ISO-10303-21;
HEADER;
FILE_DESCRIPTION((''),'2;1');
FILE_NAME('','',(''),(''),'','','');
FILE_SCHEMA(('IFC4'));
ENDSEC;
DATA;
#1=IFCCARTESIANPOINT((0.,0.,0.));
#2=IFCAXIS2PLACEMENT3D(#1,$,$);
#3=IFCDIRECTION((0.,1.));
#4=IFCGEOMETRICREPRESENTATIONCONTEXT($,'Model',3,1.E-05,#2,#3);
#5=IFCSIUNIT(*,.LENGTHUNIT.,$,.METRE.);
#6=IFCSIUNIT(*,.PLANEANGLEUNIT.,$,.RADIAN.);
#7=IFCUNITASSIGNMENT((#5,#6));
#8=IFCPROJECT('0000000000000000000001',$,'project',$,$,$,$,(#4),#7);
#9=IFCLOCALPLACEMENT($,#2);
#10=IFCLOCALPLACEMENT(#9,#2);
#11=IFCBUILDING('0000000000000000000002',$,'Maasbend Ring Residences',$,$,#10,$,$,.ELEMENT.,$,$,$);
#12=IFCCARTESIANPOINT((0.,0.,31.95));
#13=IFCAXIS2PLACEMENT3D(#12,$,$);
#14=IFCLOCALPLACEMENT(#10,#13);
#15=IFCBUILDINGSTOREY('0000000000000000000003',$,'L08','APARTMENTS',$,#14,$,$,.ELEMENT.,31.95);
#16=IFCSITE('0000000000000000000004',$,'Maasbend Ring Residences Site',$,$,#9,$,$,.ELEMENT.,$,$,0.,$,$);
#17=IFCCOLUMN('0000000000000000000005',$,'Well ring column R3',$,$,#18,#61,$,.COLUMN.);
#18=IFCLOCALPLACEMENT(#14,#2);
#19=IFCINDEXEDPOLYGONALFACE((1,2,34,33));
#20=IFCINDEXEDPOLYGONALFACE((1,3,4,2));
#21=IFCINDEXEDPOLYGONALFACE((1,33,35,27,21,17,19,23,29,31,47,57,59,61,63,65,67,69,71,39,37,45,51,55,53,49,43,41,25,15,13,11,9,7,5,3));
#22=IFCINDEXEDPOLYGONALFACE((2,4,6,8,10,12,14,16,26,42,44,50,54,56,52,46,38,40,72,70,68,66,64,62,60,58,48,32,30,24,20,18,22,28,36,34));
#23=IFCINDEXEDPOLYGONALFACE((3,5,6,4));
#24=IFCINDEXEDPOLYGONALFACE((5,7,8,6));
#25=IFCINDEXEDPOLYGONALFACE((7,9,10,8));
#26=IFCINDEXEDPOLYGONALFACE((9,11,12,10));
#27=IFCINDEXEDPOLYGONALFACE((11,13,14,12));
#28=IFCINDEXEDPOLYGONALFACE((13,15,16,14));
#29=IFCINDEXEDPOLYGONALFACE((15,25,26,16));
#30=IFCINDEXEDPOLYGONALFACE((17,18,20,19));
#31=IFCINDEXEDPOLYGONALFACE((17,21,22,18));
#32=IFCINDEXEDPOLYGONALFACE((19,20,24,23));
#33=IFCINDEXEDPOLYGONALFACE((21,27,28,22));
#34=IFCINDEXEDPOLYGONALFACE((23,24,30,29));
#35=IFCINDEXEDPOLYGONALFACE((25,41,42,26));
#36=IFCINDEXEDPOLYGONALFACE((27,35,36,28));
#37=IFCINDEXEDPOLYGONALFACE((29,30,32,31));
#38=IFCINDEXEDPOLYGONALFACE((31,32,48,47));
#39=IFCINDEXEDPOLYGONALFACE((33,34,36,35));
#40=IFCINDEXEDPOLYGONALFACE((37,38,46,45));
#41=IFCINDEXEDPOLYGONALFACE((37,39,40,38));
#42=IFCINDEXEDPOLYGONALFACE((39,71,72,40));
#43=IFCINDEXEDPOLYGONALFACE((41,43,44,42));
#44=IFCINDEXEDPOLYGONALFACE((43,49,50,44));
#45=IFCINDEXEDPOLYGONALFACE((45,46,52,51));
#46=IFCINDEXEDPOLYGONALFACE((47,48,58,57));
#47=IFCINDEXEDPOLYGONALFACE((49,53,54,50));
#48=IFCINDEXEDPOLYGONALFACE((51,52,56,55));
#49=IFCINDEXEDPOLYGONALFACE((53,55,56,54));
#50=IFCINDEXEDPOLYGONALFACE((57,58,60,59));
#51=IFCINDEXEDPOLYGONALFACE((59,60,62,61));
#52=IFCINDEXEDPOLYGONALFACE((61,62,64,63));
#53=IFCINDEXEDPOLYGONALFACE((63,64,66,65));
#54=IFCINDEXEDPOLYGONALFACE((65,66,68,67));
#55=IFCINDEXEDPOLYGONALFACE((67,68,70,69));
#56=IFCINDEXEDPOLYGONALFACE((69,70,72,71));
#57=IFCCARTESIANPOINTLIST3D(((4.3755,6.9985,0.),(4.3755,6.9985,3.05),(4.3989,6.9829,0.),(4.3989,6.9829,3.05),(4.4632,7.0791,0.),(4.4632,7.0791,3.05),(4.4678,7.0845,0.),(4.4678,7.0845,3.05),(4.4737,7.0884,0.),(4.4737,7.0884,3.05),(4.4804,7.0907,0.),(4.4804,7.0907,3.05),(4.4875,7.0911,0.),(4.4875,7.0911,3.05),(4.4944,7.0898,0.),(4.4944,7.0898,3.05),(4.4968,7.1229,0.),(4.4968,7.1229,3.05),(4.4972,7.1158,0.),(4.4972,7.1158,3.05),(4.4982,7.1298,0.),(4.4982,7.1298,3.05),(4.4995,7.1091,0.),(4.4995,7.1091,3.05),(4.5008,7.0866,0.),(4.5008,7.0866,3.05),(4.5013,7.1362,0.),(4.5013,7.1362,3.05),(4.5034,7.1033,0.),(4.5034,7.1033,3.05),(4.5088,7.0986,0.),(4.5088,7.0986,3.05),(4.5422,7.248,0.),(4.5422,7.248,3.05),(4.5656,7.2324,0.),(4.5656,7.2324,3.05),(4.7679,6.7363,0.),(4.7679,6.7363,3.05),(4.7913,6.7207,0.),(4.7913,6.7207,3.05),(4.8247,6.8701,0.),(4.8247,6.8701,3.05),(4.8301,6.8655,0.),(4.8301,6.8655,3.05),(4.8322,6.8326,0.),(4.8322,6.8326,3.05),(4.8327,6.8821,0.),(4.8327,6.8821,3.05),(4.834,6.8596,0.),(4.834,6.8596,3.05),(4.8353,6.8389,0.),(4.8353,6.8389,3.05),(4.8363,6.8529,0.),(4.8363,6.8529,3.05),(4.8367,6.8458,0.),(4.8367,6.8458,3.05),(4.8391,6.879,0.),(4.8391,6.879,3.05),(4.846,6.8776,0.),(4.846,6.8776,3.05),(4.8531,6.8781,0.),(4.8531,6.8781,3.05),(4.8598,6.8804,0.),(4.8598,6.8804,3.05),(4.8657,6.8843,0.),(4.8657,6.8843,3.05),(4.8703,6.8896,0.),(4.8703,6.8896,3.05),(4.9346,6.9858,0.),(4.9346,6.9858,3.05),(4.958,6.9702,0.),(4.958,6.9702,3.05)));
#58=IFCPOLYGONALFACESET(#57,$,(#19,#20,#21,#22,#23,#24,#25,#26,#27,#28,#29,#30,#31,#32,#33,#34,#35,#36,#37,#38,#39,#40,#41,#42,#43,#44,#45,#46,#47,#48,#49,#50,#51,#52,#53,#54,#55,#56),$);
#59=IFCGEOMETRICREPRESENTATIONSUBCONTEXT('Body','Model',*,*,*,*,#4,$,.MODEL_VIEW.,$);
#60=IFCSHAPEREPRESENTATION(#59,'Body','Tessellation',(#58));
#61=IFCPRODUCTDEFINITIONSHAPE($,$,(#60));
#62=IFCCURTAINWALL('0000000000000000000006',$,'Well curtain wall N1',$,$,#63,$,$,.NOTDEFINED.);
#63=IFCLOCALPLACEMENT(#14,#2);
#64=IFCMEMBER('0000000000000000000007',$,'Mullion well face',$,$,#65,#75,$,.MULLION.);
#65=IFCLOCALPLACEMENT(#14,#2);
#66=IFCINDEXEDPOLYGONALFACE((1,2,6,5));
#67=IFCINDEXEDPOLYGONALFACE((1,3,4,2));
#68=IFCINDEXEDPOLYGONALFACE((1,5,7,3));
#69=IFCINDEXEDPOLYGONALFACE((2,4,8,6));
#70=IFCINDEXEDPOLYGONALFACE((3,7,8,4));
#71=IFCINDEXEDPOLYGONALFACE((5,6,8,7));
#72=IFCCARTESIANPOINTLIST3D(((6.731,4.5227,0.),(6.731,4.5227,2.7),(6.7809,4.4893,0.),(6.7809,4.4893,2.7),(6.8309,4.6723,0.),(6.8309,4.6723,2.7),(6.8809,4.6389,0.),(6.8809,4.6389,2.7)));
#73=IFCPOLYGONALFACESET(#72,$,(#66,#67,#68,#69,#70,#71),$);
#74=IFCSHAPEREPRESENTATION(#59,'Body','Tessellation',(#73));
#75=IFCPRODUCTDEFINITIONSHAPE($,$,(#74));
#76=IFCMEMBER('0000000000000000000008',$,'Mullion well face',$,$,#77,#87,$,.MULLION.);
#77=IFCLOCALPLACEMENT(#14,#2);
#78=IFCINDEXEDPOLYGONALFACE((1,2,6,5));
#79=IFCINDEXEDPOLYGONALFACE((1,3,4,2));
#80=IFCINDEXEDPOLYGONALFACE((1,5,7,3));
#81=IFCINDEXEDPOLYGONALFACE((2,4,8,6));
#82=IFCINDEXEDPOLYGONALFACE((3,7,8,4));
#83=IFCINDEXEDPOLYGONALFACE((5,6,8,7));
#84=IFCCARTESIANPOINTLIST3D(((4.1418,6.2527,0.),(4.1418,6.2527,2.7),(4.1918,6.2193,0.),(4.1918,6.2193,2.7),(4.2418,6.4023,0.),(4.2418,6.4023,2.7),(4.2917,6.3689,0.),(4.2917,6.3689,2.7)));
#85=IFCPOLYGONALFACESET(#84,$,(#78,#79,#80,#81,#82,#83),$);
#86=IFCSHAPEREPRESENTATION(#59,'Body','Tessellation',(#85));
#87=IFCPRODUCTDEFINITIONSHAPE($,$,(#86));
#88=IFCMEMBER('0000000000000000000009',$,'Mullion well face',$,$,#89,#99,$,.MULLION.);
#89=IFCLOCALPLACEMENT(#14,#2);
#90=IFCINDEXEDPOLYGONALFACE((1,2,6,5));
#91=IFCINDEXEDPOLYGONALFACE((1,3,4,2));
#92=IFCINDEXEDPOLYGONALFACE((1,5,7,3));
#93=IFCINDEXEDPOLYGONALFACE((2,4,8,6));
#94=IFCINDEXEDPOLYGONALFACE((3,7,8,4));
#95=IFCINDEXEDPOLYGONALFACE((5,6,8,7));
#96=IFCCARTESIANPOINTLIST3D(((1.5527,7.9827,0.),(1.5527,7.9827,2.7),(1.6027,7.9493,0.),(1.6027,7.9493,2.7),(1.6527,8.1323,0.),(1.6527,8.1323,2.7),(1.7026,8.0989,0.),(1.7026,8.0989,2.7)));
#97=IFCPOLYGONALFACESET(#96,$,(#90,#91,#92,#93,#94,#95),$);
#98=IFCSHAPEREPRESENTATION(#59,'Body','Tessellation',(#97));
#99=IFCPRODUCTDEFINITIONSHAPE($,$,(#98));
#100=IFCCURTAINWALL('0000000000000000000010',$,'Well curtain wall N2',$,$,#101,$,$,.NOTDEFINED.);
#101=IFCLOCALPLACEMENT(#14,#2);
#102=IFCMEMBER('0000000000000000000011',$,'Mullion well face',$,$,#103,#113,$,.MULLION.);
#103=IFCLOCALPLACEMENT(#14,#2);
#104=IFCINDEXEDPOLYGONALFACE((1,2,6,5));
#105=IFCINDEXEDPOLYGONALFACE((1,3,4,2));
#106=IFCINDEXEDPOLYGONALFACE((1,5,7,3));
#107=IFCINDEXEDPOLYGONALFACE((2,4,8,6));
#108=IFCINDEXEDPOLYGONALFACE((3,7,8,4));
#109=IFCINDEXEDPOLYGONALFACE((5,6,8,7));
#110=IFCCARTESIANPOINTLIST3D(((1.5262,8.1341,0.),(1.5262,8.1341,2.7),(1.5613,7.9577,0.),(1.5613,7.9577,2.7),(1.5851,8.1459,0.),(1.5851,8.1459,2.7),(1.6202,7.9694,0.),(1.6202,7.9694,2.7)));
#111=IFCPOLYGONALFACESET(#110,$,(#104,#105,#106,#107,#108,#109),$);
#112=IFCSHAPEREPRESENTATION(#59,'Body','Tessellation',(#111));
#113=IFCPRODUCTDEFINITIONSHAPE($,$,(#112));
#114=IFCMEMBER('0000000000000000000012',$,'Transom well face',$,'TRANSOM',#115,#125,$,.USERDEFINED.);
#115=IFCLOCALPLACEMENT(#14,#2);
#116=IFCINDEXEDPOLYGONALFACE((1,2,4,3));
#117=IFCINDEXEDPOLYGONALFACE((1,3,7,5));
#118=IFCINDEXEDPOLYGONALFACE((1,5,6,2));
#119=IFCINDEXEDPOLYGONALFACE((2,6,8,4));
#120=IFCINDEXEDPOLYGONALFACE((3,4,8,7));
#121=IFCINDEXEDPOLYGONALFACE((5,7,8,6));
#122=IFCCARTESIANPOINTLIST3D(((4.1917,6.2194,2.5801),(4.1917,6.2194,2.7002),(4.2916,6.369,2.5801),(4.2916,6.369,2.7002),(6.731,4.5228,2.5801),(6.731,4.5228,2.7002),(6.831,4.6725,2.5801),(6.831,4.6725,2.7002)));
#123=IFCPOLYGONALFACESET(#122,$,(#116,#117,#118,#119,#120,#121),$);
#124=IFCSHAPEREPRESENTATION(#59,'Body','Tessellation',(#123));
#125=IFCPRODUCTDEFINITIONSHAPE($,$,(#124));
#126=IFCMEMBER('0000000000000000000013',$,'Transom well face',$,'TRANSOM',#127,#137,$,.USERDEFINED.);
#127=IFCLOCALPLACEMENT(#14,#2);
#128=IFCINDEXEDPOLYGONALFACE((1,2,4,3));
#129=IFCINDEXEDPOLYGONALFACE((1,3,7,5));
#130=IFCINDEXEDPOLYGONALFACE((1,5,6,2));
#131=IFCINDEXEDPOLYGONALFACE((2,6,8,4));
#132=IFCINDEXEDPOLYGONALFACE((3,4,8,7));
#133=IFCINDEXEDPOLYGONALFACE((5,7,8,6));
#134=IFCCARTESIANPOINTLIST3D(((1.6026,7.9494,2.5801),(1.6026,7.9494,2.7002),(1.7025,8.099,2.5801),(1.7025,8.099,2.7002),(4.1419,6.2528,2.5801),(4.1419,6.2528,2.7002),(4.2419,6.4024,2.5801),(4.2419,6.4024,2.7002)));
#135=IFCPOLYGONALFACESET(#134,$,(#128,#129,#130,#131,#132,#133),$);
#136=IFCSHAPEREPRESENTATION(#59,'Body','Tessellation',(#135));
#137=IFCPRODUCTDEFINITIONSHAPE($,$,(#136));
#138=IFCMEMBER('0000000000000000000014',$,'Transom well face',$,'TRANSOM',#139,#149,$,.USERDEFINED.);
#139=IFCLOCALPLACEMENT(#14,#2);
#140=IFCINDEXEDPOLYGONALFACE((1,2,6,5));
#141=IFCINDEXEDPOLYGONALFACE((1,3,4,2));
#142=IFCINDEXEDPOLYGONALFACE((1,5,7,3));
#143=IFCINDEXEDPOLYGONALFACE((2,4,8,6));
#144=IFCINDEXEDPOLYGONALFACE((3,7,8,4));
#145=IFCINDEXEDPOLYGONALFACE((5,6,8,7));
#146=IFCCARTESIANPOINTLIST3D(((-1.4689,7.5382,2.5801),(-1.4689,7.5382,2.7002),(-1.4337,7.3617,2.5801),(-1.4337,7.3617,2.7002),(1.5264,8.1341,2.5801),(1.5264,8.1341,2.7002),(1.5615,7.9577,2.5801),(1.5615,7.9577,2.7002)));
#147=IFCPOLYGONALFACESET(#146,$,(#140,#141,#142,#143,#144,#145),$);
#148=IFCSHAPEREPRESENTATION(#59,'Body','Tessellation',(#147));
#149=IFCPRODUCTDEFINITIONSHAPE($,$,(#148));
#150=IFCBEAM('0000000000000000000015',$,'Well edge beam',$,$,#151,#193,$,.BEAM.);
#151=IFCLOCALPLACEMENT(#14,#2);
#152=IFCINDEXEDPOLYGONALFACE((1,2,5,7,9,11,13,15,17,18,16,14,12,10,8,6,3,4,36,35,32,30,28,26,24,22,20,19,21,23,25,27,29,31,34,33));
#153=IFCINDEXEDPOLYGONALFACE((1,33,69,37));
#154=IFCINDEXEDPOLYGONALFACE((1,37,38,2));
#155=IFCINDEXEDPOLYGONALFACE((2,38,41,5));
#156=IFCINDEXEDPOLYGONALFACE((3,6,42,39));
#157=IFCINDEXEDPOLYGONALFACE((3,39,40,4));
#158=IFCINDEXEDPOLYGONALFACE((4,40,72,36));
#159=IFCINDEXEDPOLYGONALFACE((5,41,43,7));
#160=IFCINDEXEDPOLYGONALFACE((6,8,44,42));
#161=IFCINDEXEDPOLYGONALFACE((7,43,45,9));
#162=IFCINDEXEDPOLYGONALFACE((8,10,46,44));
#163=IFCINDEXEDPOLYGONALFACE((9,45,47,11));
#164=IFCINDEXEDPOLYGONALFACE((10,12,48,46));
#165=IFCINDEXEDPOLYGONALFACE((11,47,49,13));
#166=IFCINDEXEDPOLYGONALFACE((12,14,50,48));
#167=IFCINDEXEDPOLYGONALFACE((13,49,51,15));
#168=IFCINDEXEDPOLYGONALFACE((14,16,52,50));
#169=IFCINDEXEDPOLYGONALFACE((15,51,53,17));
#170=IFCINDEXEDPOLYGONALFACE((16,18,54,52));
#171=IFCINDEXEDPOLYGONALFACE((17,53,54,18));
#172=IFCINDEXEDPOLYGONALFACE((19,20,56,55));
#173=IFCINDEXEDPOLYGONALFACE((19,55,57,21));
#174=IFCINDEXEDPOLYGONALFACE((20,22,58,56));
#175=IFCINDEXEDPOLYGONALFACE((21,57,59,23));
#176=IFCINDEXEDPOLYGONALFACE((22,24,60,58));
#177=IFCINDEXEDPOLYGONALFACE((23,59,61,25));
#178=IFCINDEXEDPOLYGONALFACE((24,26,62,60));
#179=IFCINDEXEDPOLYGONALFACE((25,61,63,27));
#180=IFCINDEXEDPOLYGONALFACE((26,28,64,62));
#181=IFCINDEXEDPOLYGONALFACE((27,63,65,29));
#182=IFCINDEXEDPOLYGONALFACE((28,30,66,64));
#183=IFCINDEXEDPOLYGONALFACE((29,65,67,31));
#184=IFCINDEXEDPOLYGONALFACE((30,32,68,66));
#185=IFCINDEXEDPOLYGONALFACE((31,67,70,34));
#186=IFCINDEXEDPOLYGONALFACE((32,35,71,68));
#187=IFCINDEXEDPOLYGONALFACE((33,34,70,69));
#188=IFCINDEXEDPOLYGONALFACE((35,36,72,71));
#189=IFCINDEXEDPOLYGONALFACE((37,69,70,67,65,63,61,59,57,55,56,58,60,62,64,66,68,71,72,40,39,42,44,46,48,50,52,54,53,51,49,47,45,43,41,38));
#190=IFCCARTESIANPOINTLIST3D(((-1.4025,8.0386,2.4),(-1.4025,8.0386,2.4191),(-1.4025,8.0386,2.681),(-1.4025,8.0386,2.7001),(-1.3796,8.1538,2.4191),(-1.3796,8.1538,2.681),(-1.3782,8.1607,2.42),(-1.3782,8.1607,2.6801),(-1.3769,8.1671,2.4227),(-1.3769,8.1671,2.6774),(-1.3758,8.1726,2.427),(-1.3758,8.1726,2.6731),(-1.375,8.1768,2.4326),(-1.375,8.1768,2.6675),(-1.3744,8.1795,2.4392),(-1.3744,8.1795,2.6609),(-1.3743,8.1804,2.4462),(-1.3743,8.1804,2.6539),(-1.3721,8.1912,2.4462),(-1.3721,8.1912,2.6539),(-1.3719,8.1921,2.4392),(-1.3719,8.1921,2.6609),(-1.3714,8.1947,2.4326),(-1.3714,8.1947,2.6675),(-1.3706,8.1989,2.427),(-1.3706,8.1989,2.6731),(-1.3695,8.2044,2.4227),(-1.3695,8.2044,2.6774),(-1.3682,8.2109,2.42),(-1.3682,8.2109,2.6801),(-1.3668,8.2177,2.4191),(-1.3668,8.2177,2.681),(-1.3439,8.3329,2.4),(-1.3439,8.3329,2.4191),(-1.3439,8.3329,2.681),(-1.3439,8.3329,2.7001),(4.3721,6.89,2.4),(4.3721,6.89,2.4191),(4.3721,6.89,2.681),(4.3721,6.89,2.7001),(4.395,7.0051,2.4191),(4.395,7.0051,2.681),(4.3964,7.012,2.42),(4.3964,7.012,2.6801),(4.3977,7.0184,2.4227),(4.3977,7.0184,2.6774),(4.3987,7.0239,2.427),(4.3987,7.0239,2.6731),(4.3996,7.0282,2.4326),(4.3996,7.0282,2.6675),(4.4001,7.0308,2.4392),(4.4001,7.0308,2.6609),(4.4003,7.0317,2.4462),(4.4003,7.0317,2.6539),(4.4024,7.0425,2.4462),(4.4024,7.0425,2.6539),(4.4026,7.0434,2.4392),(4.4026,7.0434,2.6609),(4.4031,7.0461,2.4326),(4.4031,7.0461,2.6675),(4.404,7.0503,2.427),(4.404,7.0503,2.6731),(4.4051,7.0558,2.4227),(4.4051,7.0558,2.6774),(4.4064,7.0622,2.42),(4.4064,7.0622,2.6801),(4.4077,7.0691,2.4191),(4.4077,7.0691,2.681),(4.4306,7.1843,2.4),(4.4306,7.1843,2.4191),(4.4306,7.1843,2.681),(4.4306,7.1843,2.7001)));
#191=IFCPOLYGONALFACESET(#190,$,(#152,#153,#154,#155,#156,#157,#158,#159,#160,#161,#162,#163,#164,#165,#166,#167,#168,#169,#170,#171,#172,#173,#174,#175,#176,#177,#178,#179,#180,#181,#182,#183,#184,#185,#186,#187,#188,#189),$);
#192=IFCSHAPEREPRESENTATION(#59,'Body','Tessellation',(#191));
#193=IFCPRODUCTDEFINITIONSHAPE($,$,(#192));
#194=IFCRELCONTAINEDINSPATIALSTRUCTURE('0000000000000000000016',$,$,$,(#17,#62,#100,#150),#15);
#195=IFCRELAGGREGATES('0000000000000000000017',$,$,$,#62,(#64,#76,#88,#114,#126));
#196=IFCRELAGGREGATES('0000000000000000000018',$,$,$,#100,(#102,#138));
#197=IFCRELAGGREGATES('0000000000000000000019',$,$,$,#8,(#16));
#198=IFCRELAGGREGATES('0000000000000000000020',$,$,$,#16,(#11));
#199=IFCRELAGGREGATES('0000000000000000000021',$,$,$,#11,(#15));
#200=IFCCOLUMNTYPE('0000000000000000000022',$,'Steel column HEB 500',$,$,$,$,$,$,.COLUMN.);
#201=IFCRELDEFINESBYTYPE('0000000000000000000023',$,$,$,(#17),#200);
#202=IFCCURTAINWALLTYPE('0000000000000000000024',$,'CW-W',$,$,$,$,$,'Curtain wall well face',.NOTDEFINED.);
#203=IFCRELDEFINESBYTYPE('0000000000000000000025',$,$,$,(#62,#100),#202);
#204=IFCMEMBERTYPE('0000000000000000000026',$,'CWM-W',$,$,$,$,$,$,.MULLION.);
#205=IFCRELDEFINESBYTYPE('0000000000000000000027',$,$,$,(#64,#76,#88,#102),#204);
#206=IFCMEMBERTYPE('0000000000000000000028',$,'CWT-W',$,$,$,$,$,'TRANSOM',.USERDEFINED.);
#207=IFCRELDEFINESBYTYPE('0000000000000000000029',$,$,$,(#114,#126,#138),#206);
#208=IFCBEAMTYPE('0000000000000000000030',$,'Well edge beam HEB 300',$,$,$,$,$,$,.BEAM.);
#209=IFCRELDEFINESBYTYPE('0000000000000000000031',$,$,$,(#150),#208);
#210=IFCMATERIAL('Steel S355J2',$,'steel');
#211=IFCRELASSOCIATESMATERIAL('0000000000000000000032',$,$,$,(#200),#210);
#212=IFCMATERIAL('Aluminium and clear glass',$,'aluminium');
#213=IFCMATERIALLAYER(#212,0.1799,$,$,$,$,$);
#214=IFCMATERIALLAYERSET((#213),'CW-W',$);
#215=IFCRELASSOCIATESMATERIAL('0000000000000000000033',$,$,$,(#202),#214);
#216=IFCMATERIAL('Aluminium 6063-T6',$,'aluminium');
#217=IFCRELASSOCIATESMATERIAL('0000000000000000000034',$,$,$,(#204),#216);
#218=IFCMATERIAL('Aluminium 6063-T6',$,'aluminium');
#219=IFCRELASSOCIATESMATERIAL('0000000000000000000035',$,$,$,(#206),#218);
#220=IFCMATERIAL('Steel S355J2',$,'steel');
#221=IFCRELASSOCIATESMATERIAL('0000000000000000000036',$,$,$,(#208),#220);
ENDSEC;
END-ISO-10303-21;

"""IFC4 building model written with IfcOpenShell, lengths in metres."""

from ifc_helpers import new_model, si_unit, direction, frame, origin, origin_2d, place, context, subcontext, project, spatial, rectangle, i_section, extrude, material, layer, layer_set, material_profile, profile_set, type_object, element, aggregate, save


model = new_model("IFC4")

# Units and contexts
model_context = context("Model", 3, precision=1e-05, world=origin(), true_north=direction((0.0, 1.0)))
body_context = subcontext(model_context, "Body", "Model", "MODEL_VIEW")
ifc_project = project(units=[si_unit("LENGTHUNIT", "METRE"), si_unit("PLANEANGLEUNIT", "RADIAN")], contexts=[model_context])

# Site, building, storey
site_placement = place(None, origin())
site = spatial("IfcSite", under=ifc_project, at=site_placement, Name="Maasbend Ring Residences Site", CompositionType="ELEMENT", RefElevation=0.0)
building_placement = place(site_placement, origin())
building = spatial("IfcBuilding", under=site, at=building_placement, Name="Maasbend Ring Residences", CompositionType="ELEMENT")
storey_placement = place(building_placement, frame((0.0, 0.0, 31.95)))
storey = spatial("IfcBuildingStorey", under=building, at=storey_placement, Name="L08", Description="APARTMENTS", CompositionType="ELEMENT", Elevation=31.95)

# Column
ifc_material_1 = material(Name="Steel S355J2", Category="steel")
ifc_material_profile_1 = material_profile(ifc_material_1, i_section(OverallWidth=0.3, OverallDepth=0.5, WebThickness=0.0144, FlangeThickness=0.0281, FilletRadius=0.0271, at=origin_2d()), Name="HEB 500")
ifc_profile_set_1 = profile_set([ifc_material_profile_1], Name="Steel S355J2")
column_type = type_object("IfcColumnType", Name="Steel column HEB 500", PredefinedType="COLUMN", material=ifc_profile_set_1)
column_placement = place(storey_placement, frame((4.6667, 6.9844, 0.0), z_axis=(0.0, 0.0, 1.0), x_axis=(0.55557, 0.83147, 0.0)))
element("IfcColumn", 1, at=column_placement, inside=storey, type_object=column_type, Name="Well ring column R3", PredefinedType="COLUMN", context=body_context, shape_type="SweptSolid", body=[
    extrude(i_section(OverallWidth=0.3, OverallDepth=0.5, WebThickness=0.0144, FlangeThickness=0.0281, FilletRadius=0.0271, at=origin_2d()), origin(), (0.0, 0.0, 1.0), 3.05),
])

# Curtain wall, members
ifc_material_2 = material(Name="Aluminium and clear glass", Category="aluminium")
ifc_layer_1 = layer(ifc_material_2, 0.1799)
ifc_layer_set_1 = layer_set([ifc_layer_1], Name="CW-W")
curtain_wall_type = type_object("IfcCurtainWallType", Name="CW-W", ElementType="Curtain wall well face", PredefinedType="NOTDEFINED", material=ifc_layer_set_1)
curtain_wall_1_placement = place(storey_placement, origin())
curtain_wall_1 = element("IfcCurtainWall", 2, at=curtain_wall_1_placement, inside=storey, type_object=curtain_wall_type, Name="Well curtain wall N1", PredefinedType="NOTDEFINED")
ifc_material_3 = material(Name="Aluminium 6063-T6", Category="aluminium")
ifc_material_profile_2 = material_profile(ifc_material_3, rectangle(XDim=0.1799, YDim=0.0601, at=origin_2d()), Name="AL 180x60")
ifc_profile_set_2 = profile_set([ifc_material_profile_2], Name="Aluminium 6063-T6")
member_type_1 = type_object("IfcMemberType", Name="CWM-W", PredefinedType="MULLION", material=ifc_profile_set_2)
member_1_placement = place(storey_placement, frame((6.8059, 4.5808, 0.0), z_axis=(0.0, 0.0, 1.0), x_axis=(-0.55557, -0.83147, 0.0)))
member_1 = element("IfcMember", 3, at=member_1_placement, type_object=member_type_1, Name="Mullion well face", PredefinedType="MULLION", context=body_context, shape_type="SweptSolid", body=[
    extrude(rectangle(XDim=0.1799, YDim=0.0601, at=origin_2d()), origin(), (0.0, 0.0, 1.0), 2.7),
])
member_2_placement = place(storey_placement, frame((4.2168, 6.3108, 0.0), z_axis=(0.0, 0.0, 1.0), x_axis=(-0.55557, -0.83147, 0.0)))
member_2 = element("IfcMember", 4, at=member_2_placement, type_object=member_type_1, Name="Mullion well face", PredefinedType="MULLION", context=body_context, shape_type="SweptSolid", body=[
    extrude(rectangle(XDim=0.1799, YDim=0.0601, at=origin_2d()), origin(), (0.0, 0.0, 1.0), 2.7),
])
member_3_placement = place(storey_placement, frame((1.6277, 8.0408, 0.0), z_axis=(0.0, 0.0, 1.0), x_axis=(-0.55557, -0.83147, 0.0)))
member_3 = element("IfcMember", 5, at=member_3_placement, type_object=member_type_1, Name="Mullion well face", PredefinedType="MULLION", context=body_context, shape_type="SweptSolid", body=[
    extrude(rectangle(XDim=0.1799, YDim=0.0601, at=origin_2d()), origin(), (0.0, 0.0, 1.0), 2.7),
])

# Curtain wall, member
curtain_wall_2_placement = place(storey_placement, origin())
curtain_wall_2 = element("IfcCurtainWall", 6, at=curtain_wall_2_placement, inside=storey, type_object=curtain_wall_type, Name="Well curtain wall N2", PredefinedType="NOTDEFINED")
member_4_placement = place(storey_placement, frame((1.5732, 8.0518, 0.0), z_axis=(0.0, 0.0, 1.0), x_axis=(0.19509, -0.980785, 0.0)))
member_4 = element("IfcMember", 7, at=member_4_placement, type_object=member_type_1, Name="Mullion well face", PredefinedType="MULLION", context=body_context, shape_type="SweptSolid", body=[
    extrude(rectangle(XDim=0.1799, YDim=0.0601, at=origin_2d()), origin(), (0.0, 0.0, 1.0), 2.7),
])

# Members
ifc_material_4 = material(Name="Aluminium 6063-T6", Category="aluminium")
ifc_material_profile_3 = material_profile(ifc_material_4, rectangle(XDim=0.1799, YDim=0.1201, at=origin_2d()), Name="AL 180x120")
ifc_profile_set_3 = profile_set([ifc_material_profile_3], Name="Aluminium 6063-T6")
member_type_2 = type_object("IfcMemberType", Name="CWT-W", ElementType="TRANSOM", PredefinedType="USERDEFINED", material=ifc_profile_set_3)
member_5_placement = place(storey_placement, frame((6.781, 4.5977, 2.6401), z_axis=(-0.831496, 0.55553, 0.0), x_axis=(-0.55553, -0.831496, 0.0)))
member_5 = element("IfcMember", 8, at=member_5_placement, type_object=member_type_2, Name="Transom well face", ObjectType="TRANSOM", PredefinedType="USERDEFINED", context=body_context, shape_type="SweptSolid", body=[
    extrude(rectangle(XDim=0.1799, YDim=0.1201, at=origin_2d()), origin(), (0.0, 0.0, 1.0), 3.054),
])
member_6_placement = place(storey_placement, frame((4.1919, 6.3276, 2.6401), z_axis=(-0.831496, 0.55553, 0.0), x_axis=(-0.55553, -0.831496, 0.0)))
member_6 = element("IfcMember", 9, at=member_6_placement, type_object=member_type_2, Name="Transom well face", ObjectType="TRANSOM", PredefinedType="USERDEFINED", context=body_context, shape_type="SweptSolid", body=[
    extrude(rectangle(XDim=0.1799, YDim=0.1201, at=origin_2d()), origin(), (0.0, 0.0, 1.0), 3.054),
])
member_7_placement = place(storey_placement, frame((1.5439, 8.0459, 2.6401), z_axis=(-0.980777, -0.195132, 0.0), x_axis=(0.195132, -0.980777, 0.0)))
member_7 = element("IfcMember", 10, at=member_7_placement, type_object=member_type_2, Name="Transom well face", ObjectType="TRANSOM", PredefinedType="USERDEFINED", context=body_context, shape_type="SweptSolid", body=[
    extrude(rectangle(XDim=0.1799, YDim=0.1201, at=origin_2d()), origin(), (0.0, 0.0, 1.0), 3.054),
])

# Beam
ifc_material_5 = material(Name="Steel S355J2", Category="steel")
ifc_material_profile_4 = material_profile(ifc_material_5, i_section(OverallWidth=0.3, OverallDepth=0.3, WebThickness=0.011, FlangeThickness=0.019, FilletRadius=0.0271, at=origin_2d()), Name="HEB 300")
ifc_profile_set_4 = profile_set([ifc_material_profile_4], Name="Steel S355J2")
beam_type = type_object("IfcBeamType", Name="Well edge beam HEB 300", PredefinedType="BEAM", material=ifc_profile_set_4)
beam_placement = place(storey_placement, frame((4.4014, 7.0371, 2.55), z_axis=(-0.980784, 0.195095, 0.0), x_axis=(-0.195095, -0.980784, 0.0)))
element("IfcBeam", 11, at=beam_placement, inside=storey, type_object=beam_type, Name="Well edge beam", PredefinedType="BEAM", context=body_context, shape_type="SweptSolid", body=[
    extrude(i_section(OverallWidth=0.3, OverallDepth=0.3, WebThickness=0.011, FlangeThickness=0.019, FilletRadius=0.0271, at=origin_2d()), origin(), (0.0, 0.0, 1.0), 5.8877),
])

aggregate(curtain_wall_1, [member_1, member_2, member_3, member_5, member_6])
aggregate(curtain_wall_2, [member_4, member_7])

save(model, "model.ifc")
